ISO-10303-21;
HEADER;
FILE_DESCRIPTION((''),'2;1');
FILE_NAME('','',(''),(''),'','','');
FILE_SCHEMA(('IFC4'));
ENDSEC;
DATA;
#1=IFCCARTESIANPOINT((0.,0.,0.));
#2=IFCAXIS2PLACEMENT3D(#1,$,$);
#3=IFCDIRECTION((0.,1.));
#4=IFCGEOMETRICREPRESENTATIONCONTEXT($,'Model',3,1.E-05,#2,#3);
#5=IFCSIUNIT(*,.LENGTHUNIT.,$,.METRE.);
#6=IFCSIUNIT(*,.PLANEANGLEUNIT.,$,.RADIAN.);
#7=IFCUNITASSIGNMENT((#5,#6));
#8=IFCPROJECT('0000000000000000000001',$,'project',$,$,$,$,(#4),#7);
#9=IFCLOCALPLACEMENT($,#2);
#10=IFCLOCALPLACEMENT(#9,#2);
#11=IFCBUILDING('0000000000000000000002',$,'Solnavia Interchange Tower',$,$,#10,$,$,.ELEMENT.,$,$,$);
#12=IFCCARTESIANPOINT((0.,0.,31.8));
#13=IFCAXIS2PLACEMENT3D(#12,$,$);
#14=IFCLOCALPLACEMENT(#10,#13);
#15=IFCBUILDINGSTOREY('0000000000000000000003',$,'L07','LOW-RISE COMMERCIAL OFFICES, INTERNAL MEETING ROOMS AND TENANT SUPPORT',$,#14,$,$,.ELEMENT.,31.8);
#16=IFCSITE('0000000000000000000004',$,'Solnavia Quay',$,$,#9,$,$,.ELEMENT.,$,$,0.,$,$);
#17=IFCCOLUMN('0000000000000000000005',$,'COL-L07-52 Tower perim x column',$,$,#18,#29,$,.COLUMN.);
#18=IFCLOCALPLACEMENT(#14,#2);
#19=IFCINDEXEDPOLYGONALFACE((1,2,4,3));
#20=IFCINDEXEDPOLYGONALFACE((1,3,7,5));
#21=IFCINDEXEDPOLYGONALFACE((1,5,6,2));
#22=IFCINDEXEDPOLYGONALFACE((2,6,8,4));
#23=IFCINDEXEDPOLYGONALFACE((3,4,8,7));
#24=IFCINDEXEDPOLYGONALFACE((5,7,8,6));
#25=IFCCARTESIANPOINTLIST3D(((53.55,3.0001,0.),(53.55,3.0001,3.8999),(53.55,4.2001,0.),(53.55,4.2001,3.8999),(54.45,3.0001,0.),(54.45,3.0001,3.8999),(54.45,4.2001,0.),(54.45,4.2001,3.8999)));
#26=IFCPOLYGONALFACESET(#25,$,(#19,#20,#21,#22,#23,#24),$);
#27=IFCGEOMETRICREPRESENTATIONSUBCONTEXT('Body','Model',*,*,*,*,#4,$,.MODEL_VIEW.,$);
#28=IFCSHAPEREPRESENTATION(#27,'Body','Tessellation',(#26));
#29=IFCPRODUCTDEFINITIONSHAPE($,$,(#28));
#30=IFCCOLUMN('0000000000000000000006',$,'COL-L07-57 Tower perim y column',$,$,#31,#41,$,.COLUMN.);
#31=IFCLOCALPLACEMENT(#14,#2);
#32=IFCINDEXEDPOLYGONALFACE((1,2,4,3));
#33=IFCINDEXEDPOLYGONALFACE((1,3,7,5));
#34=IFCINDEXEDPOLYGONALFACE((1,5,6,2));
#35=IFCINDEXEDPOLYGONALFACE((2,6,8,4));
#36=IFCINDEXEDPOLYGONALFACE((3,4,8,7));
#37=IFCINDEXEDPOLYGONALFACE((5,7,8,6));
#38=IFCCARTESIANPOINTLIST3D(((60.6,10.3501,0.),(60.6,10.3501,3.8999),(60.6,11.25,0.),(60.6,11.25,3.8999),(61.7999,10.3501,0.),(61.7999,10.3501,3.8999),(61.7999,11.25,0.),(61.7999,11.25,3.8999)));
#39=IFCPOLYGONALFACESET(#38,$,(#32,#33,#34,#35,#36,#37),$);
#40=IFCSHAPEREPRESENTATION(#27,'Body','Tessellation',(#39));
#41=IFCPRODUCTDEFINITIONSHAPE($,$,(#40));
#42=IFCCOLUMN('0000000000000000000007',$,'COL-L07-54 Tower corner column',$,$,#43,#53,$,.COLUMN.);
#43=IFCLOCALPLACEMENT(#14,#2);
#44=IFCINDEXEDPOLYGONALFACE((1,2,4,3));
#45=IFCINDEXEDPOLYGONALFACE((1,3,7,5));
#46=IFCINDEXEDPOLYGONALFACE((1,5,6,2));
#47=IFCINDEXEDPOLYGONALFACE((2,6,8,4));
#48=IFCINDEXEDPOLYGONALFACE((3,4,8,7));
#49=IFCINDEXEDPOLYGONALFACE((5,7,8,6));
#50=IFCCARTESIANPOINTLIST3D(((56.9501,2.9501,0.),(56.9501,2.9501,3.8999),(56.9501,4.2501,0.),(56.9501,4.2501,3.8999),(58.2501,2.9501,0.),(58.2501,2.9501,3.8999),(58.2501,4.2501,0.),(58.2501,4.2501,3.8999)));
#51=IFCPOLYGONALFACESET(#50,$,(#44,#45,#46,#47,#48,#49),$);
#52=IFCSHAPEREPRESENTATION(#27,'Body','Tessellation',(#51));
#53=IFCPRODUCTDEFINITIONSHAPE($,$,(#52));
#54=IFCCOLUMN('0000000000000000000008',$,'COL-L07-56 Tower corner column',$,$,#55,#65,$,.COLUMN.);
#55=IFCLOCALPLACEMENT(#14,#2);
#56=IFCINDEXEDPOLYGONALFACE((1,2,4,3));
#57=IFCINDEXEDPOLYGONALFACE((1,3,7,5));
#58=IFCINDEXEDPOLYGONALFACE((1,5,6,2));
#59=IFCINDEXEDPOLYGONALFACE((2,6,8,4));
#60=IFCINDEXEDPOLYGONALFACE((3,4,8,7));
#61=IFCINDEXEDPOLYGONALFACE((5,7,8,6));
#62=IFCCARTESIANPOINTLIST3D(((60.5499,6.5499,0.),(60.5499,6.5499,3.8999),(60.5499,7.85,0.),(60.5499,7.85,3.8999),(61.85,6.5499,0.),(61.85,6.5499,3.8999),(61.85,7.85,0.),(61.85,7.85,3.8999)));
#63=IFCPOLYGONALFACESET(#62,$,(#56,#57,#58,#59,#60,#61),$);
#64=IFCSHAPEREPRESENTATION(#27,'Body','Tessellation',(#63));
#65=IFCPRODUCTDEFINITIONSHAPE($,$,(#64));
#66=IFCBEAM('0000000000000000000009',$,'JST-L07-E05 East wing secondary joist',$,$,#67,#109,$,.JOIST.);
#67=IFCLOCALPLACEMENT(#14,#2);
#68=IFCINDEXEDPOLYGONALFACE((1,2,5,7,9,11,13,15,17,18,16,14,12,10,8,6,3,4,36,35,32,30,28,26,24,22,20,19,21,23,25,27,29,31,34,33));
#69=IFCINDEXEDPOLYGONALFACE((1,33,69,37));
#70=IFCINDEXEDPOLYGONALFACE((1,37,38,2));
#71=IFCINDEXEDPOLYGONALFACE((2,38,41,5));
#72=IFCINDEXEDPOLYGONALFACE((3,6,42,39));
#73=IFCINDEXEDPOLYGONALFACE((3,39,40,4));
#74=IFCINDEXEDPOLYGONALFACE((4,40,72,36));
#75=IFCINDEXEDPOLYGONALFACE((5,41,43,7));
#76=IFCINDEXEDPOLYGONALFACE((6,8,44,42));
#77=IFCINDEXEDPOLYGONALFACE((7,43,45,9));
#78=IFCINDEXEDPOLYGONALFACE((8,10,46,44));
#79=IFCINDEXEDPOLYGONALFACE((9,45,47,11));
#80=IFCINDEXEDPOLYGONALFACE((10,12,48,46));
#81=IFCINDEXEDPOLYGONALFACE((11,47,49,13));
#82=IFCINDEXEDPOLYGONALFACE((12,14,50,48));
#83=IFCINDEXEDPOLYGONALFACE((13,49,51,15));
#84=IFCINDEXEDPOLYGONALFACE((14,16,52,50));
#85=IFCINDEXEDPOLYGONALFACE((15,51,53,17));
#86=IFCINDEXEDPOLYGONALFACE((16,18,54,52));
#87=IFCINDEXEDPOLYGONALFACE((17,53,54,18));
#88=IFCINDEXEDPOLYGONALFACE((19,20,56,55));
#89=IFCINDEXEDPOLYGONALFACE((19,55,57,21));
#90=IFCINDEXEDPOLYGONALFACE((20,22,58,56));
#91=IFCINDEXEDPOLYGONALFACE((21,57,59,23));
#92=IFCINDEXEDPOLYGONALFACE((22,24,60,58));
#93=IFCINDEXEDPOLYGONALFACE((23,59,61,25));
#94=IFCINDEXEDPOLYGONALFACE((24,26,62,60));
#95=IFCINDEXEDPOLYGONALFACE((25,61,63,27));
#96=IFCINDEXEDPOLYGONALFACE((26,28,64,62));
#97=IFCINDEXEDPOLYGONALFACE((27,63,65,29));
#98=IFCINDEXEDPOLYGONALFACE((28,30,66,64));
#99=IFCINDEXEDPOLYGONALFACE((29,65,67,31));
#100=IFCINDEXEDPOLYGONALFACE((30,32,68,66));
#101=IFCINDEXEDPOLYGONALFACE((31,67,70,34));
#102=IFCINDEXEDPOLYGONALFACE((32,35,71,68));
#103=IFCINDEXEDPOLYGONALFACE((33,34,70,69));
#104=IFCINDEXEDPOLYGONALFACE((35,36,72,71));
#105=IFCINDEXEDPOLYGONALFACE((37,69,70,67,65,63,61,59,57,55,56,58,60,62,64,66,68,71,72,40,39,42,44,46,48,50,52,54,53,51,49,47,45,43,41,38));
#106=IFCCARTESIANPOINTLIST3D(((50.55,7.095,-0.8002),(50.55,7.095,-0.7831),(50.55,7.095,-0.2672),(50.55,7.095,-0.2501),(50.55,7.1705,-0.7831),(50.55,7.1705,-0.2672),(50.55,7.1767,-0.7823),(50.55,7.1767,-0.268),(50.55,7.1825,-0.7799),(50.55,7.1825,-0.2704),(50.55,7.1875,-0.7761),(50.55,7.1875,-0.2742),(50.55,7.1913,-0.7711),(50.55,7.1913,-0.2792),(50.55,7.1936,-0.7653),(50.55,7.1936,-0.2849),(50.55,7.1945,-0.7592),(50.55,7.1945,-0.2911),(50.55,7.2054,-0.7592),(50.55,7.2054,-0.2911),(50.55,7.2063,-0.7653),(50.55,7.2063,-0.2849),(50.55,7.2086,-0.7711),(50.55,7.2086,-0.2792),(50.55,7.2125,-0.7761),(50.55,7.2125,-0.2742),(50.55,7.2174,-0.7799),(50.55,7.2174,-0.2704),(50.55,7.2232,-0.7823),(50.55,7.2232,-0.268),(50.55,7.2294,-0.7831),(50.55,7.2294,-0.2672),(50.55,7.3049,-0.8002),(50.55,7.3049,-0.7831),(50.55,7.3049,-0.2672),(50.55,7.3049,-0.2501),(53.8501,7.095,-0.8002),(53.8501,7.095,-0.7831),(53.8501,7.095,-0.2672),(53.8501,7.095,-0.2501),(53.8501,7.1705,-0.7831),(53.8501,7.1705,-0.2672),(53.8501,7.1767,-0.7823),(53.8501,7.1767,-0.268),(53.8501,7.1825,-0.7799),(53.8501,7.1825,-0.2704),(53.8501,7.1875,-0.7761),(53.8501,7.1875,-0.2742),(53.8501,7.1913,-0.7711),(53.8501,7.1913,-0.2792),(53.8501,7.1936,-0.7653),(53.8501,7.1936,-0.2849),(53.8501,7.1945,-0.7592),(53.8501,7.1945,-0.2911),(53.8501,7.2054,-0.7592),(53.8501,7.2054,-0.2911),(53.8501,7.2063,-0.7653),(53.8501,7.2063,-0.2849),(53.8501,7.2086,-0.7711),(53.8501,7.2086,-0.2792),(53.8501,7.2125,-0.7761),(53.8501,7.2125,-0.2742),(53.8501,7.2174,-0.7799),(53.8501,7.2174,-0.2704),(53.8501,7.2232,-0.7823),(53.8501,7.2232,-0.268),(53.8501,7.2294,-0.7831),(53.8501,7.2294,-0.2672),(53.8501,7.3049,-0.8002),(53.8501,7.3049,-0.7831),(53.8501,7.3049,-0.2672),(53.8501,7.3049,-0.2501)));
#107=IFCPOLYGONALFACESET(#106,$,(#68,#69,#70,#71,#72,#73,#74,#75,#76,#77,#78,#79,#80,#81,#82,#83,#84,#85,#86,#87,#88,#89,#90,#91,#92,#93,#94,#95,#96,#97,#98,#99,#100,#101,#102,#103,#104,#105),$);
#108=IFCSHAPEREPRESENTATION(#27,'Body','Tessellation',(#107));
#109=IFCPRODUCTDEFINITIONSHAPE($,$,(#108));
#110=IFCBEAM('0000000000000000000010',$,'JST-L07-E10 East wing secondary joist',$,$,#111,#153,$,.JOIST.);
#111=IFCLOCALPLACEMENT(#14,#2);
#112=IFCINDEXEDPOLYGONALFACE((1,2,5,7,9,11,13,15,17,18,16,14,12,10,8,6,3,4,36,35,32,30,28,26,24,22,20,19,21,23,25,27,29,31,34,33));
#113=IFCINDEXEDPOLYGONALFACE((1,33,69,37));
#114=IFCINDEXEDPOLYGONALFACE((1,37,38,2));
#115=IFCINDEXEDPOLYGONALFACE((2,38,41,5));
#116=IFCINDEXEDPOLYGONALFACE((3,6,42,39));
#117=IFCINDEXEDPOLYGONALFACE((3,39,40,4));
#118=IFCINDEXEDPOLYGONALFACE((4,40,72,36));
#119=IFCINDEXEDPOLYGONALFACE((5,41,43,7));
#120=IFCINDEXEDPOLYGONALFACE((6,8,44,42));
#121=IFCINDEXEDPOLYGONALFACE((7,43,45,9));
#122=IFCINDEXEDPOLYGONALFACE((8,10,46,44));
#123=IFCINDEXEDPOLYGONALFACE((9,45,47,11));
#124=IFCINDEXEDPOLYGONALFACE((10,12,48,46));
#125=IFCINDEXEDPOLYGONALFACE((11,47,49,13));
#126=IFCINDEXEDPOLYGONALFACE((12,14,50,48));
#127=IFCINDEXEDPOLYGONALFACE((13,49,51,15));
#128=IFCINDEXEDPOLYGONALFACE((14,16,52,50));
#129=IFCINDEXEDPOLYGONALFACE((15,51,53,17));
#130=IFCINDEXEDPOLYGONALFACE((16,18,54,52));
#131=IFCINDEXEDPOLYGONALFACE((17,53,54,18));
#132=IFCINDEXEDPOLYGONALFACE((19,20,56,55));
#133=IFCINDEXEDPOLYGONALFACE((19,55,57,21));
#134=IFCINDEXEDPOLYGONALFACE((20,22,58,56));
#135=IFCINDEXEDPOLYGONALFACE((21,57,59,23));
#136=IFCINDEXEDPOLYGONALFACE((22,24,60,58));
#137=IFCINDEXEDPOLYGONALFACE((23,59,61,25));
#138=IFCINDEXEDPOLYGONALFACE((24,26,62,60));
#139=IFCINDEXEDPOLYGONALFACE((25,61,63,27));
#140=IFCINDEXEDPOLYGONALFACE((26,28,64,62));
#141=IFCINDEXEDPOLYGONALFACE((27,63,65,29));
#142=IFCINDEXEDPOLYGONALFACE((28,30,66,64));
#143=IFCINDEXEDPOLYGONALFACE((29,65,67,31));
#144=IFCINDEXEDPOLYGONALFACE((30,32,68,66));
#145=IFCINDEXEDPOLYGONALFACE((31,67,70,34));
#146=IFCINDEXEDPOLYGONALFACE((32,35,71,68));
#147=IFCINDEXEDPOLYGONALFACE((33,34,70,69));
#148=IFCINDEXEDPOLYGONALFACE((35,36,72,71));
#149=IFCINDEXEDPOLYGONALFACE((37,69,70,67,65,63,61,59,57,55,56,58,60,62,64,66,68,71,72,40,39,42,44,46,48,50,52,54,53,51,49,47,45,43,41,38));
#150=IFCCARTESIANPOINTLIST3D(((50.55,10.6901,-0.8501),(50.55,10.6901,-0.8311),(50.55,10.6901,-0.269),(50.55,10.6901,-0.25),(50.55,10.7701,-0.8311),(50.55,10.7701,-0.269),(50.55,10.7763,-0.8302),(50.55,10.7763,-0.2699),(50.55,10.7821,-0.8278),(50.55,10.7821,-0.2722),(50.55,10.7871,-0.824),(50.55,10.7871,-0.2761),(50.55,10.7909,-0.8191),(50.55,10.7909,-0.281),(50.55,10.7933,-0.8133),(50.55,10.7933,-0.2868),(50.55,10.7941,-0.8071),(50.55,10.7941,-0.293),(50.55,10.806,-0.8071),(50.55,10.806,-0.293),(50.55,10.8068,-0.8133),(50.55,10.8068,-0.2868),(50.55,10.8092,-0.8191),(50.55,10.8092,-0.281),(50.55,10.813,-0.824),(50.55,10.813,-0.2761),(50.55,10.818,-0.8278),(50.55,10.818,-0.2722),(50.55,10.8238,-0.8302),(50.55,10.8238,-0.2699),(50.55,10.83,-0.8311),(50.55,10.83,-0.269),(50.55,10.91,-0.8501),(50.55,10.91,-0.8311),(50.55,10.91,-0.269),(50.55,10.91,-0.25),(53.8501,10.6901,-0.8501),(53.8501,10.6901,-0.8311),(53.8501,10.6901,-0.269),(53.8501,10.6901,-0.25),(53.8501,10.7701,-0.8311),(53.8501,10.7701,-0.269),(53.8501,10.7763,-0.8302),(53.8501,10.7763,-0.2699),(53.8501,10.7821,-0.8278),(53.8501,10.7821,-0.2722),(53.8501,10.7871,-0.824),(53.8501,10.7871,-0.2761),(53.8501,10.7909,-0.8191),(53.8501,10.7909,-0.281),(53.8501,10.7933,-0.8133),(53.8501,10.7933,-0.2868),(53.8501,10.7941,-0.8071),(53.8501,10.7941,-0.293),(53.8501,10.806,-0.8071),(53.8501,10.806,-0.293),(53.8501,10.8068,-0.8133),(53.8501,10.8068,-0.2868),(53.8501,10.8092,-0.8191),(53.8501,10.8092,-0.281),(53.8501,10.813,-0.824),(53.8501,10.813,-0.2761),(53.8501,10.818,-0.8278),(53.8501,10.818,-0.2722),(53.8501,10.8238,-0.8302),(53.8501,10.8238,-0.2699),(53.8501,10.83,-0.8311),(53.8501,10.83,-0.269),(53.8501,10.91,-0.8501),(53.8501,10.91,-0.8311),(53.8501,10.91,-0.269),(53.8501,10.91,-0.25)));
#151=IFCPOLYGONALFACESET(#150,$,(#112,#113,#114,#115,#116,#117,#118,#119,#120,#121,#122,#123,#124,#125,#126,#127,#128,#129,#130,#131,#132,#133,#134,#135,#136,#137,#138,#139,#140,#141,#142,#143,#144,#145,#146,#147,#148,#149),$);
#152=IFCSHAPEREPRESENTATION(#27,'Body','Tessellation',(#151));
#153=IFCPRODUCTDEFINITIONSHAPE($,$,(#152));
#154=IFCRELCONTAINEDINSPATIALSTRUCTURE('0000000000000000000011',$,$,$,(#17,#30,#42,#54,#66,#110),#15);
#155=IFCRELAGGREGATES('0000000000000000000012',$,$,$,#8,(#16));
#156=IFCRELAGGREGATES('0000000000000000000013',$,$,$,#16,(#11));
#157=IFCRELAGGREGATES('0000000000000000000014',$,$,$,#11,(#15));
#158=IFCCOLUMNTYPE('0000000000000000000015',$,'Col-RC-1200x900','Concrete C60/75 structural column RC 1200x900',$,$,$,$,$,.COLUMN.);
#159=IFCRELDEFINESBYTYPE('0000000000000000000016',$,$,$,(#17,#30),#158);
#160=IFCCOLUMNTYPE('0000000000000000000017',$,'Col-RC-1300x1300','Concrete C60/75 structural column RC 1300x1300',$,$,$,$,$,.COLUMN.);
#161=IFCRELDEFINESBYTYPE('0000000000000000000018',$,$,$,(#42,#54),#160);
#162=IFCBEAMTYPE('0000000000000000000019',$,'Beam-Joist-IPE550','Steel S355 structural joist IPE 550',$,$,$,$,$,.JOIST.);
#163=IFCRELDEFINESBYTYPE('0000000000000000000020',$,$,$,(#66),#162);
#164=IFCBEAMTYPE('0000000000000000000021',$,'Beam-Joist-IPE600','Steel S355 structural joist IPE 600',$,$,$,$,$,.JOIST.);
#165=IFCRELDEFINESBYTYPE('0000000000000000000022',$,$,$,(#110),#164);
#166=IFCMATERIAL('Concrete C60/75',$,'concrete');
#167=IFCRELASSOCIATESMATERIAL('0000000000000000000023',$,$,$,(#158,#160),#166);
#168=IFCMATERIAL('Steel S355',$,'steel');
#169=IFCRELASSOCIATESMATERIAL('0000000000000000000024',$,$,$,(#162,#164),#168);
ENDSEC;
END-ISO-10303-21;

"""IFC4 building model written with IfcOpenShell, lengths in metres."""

from ifc_helpers import new_model, si_unit, direction, frame, origin, origin_2d, place, context, subcontext, project, spatial, rectangle, i_section, extrude, material, material_profile, profile_set, type_object, element, save


model = new_model("IFC4")

# Units and contexts
model_context = context("Model", 3, precision=1e-05, world=origin(), true_north=direction((0.0, 1.0)))
body_context = subcontext(model_context, "Body", "Model", "MODEL_VIEW")
ifc_project = project(units=[si_unit("LENGTHUNIT", "METRE"), si_unit("PLANEANGLEUNIT", "RADIAN")], contexts=[model_context])

# Site, building, storey
site_placement = place(None, origin())
site = spatial("IfcSite", under=ifc_project, at=site_placement, Name="Solnavia Quay", CompositionType="ELEMENT", RefElevation=0.0)
building_placement = place(site_placement, origin())
building = spatial("IfcBuilding", under=site, at=building_placement, Name="Solnavia Interchange Tower", CompositionType="ELEMENT")
storey_placement = place(building_placement, frame((0.0, 0.0, 31.8)))
storey = spatial("IfcBuildingStorey", under=building, at=storey_placement, Name="L07", Description="LOW-RISE COMMERCIAL OFFICES, INTERNAL MEETING ROOMS AND TENANT SUPPORT", CompositionType="ELEMENT", Elevation=31.8)

# Columns
ifc_material_1 = material(Name="Concrete C60/75", Category="concrete")
ifc_material_profile_1 = material_profile(ifc_material_1, rectangle(XDim=0.8999, YDim=1.2, at=origin_2d()), Name="RC 1200x900")
ifc_profile_set_1 = profile_set([ifc_material_profile_1], Name="Concrete C60/75")
column_type_1 = type_object("IfcColumnType", Name="Col-RC-1200x900", Description="Concrete C60/75 structural column RC 1200x900", PredefinedType="COLUMN", material=ifc_profile_set_1)
for number, where, z_axis, x_axis, name in (
    (1, (54.0, 3.6001, 0.0), (0.0, 0.0, 1.0), (1.0, 0.0, 0.0), "COL-L07-52 Tower perim x column"),
    (2, (61.2, 10.8, 0.0), (0.0, 0.0, 1.0), (0.0, 1.0, 0.0), "COL-L07-57 Tower perim y column"),
):
    element("IfcColumn", number, at=place(storey_placement, frame(where, z_axis=z_axis, x_axis=x_axis)), inside=storey, type_object=column_type_1, Name=name, PredefinedType="COLUMN", context=body_context, shape_type="SweptSolid", body=[
        extrude(rectangle(XDim=0.8999, YDim=1.2, at=origin_2d()), origin(), (0.0, 0.0, 1.0), 3.8999),
    ])
ifc_material_profile_2 = material_profile(ifc_material_1, rectangle(XDim=1.3, YDim=1.3, at=origin_2d()), Name="RC 1300x1300")
ifc_profile_set_2 = profile_set([ifc_material_profile_2], Name="Concrete C60/75")
column_type_2 = type_object("IfcColumnType", Name="Col-RC-1300x1300", Description="Concrete C60/75 structural column RC 1300x1300", PredefinedType="COLUMN", material=ifc_profile_set_2)
for number, where, z_axis, x_axis, name in (
    (3, (57.6001, 3.6001, 0.0), (0.0, 0.0, 1.0), (1.0, 0.0, 0.0), "COL-L07-54 Tower corner column"),
    (4, (61.2, 7.2, 0.0), (0.0, 0.0, 1.0), (1.0, 0.0, 0.0), "COL-L07-56 Tower corner column"),
):
    element("IfcColumn", number, at=place(storey_placement, frame(where, z_axis=z_axis, x_axis=x_axis)), inside=storey, type_object=column_type_2, Name=name, PredefinedType="COLUMN", context=body_context, shape_type="SweptSolid", body=[
        extrude(rectangle(XDim=1.3, YDim=1.3, at=origin_2d()), origin(), (0.0, 0.0, 1.0), 3.8999),
    ])

# Beams
ifc_material_2 = material(Name="Steel S355", Category="steel")
ifc_material_profile_3 = material_profile(ifc_material_2, i_section(OverallWidth=0.21, OverallDepth=0.55, WebThickness=0.011, FlangeThickness=0.0171, FilletRadius=0.0239, at=origin_2d()), Name="IPE 550")
ifc_profile_set_3 = profile_set([ifc_material_profile_3], Name="Steel S355")
beam_type_1 = type_object("IfcBeamType", Name="Beam-Joist-IPE550", Description="Steel S355 structural joist IPE 550", PredefinedType="JOIST", material=ifc_profile_set_3)
beam_1_placement = place(storey_placement, frame((50.55, 7.2, -0.5251), z_axis=(1.0, 0.0, 0.0), x_axis=(0.0, 1.0, 0.0)))
element("IfcBeam", 5, at=beam_1_placement, inside=storey, type_object=beam_type_1, Name="JST-L07-E05 East wing secondary joist", PredefinedType="JOIST", context=body_context, shape_type="SweptSolid", body=[
    extrude(i_section(OverallWidth=0.21, OverallDepth=0.55, WebThickness=0.011, FlangeThickness=0.0171, FilletRadius=0.0239, at=origin_2d()), origin(), (0.0, 0.0, 1.0), 3.3),
])
ifc_material_profile_4 = material_profile(ifc_material_2, i_section(OverallWidth=0.22, OverallDepth=0.6001, WebThickness=0.012, FlangeThickness=0.019, FilletRadius=0.0239, at=origin_2d()), Name="IPE 600")
ifc_profile_set_4 = profile_set([ifc_material_profile_4], Name="Steel S355")
beam_type_2 = type_object("IfcBeamType", Name="Beam-Joist-IPE600", Description="Steel S355 structural joist IPE 600", PredefinedType="JOIST", material=ifc_profile_set_4)
beam_2_placement = place(storey_placement, frame((50.55, 10.8, -0.55), z_axis=(1.0, 0.0, 0.0), x_axis=(0.0, 1.0, 0.0)))
element("IfcBeam", 6, at=beam_2_placement, inside=storey, type_object=beam_type_2, Name="JST-L07-E10 East wing secondary joist", PredefinedType="JOIST", context=body_context, shape_type="SweptSolid", body=[
    extrude(i_section(OverallWidth=0.22, OverallDepth=0.6001, WebThickness=0.012, FlangeThickness=0.019, FilletRadius=0.0239, at=origin_2d()), origin(), (0.0, 0.0, 1.0), 3.3),
])

save(model, "model.ifc")
